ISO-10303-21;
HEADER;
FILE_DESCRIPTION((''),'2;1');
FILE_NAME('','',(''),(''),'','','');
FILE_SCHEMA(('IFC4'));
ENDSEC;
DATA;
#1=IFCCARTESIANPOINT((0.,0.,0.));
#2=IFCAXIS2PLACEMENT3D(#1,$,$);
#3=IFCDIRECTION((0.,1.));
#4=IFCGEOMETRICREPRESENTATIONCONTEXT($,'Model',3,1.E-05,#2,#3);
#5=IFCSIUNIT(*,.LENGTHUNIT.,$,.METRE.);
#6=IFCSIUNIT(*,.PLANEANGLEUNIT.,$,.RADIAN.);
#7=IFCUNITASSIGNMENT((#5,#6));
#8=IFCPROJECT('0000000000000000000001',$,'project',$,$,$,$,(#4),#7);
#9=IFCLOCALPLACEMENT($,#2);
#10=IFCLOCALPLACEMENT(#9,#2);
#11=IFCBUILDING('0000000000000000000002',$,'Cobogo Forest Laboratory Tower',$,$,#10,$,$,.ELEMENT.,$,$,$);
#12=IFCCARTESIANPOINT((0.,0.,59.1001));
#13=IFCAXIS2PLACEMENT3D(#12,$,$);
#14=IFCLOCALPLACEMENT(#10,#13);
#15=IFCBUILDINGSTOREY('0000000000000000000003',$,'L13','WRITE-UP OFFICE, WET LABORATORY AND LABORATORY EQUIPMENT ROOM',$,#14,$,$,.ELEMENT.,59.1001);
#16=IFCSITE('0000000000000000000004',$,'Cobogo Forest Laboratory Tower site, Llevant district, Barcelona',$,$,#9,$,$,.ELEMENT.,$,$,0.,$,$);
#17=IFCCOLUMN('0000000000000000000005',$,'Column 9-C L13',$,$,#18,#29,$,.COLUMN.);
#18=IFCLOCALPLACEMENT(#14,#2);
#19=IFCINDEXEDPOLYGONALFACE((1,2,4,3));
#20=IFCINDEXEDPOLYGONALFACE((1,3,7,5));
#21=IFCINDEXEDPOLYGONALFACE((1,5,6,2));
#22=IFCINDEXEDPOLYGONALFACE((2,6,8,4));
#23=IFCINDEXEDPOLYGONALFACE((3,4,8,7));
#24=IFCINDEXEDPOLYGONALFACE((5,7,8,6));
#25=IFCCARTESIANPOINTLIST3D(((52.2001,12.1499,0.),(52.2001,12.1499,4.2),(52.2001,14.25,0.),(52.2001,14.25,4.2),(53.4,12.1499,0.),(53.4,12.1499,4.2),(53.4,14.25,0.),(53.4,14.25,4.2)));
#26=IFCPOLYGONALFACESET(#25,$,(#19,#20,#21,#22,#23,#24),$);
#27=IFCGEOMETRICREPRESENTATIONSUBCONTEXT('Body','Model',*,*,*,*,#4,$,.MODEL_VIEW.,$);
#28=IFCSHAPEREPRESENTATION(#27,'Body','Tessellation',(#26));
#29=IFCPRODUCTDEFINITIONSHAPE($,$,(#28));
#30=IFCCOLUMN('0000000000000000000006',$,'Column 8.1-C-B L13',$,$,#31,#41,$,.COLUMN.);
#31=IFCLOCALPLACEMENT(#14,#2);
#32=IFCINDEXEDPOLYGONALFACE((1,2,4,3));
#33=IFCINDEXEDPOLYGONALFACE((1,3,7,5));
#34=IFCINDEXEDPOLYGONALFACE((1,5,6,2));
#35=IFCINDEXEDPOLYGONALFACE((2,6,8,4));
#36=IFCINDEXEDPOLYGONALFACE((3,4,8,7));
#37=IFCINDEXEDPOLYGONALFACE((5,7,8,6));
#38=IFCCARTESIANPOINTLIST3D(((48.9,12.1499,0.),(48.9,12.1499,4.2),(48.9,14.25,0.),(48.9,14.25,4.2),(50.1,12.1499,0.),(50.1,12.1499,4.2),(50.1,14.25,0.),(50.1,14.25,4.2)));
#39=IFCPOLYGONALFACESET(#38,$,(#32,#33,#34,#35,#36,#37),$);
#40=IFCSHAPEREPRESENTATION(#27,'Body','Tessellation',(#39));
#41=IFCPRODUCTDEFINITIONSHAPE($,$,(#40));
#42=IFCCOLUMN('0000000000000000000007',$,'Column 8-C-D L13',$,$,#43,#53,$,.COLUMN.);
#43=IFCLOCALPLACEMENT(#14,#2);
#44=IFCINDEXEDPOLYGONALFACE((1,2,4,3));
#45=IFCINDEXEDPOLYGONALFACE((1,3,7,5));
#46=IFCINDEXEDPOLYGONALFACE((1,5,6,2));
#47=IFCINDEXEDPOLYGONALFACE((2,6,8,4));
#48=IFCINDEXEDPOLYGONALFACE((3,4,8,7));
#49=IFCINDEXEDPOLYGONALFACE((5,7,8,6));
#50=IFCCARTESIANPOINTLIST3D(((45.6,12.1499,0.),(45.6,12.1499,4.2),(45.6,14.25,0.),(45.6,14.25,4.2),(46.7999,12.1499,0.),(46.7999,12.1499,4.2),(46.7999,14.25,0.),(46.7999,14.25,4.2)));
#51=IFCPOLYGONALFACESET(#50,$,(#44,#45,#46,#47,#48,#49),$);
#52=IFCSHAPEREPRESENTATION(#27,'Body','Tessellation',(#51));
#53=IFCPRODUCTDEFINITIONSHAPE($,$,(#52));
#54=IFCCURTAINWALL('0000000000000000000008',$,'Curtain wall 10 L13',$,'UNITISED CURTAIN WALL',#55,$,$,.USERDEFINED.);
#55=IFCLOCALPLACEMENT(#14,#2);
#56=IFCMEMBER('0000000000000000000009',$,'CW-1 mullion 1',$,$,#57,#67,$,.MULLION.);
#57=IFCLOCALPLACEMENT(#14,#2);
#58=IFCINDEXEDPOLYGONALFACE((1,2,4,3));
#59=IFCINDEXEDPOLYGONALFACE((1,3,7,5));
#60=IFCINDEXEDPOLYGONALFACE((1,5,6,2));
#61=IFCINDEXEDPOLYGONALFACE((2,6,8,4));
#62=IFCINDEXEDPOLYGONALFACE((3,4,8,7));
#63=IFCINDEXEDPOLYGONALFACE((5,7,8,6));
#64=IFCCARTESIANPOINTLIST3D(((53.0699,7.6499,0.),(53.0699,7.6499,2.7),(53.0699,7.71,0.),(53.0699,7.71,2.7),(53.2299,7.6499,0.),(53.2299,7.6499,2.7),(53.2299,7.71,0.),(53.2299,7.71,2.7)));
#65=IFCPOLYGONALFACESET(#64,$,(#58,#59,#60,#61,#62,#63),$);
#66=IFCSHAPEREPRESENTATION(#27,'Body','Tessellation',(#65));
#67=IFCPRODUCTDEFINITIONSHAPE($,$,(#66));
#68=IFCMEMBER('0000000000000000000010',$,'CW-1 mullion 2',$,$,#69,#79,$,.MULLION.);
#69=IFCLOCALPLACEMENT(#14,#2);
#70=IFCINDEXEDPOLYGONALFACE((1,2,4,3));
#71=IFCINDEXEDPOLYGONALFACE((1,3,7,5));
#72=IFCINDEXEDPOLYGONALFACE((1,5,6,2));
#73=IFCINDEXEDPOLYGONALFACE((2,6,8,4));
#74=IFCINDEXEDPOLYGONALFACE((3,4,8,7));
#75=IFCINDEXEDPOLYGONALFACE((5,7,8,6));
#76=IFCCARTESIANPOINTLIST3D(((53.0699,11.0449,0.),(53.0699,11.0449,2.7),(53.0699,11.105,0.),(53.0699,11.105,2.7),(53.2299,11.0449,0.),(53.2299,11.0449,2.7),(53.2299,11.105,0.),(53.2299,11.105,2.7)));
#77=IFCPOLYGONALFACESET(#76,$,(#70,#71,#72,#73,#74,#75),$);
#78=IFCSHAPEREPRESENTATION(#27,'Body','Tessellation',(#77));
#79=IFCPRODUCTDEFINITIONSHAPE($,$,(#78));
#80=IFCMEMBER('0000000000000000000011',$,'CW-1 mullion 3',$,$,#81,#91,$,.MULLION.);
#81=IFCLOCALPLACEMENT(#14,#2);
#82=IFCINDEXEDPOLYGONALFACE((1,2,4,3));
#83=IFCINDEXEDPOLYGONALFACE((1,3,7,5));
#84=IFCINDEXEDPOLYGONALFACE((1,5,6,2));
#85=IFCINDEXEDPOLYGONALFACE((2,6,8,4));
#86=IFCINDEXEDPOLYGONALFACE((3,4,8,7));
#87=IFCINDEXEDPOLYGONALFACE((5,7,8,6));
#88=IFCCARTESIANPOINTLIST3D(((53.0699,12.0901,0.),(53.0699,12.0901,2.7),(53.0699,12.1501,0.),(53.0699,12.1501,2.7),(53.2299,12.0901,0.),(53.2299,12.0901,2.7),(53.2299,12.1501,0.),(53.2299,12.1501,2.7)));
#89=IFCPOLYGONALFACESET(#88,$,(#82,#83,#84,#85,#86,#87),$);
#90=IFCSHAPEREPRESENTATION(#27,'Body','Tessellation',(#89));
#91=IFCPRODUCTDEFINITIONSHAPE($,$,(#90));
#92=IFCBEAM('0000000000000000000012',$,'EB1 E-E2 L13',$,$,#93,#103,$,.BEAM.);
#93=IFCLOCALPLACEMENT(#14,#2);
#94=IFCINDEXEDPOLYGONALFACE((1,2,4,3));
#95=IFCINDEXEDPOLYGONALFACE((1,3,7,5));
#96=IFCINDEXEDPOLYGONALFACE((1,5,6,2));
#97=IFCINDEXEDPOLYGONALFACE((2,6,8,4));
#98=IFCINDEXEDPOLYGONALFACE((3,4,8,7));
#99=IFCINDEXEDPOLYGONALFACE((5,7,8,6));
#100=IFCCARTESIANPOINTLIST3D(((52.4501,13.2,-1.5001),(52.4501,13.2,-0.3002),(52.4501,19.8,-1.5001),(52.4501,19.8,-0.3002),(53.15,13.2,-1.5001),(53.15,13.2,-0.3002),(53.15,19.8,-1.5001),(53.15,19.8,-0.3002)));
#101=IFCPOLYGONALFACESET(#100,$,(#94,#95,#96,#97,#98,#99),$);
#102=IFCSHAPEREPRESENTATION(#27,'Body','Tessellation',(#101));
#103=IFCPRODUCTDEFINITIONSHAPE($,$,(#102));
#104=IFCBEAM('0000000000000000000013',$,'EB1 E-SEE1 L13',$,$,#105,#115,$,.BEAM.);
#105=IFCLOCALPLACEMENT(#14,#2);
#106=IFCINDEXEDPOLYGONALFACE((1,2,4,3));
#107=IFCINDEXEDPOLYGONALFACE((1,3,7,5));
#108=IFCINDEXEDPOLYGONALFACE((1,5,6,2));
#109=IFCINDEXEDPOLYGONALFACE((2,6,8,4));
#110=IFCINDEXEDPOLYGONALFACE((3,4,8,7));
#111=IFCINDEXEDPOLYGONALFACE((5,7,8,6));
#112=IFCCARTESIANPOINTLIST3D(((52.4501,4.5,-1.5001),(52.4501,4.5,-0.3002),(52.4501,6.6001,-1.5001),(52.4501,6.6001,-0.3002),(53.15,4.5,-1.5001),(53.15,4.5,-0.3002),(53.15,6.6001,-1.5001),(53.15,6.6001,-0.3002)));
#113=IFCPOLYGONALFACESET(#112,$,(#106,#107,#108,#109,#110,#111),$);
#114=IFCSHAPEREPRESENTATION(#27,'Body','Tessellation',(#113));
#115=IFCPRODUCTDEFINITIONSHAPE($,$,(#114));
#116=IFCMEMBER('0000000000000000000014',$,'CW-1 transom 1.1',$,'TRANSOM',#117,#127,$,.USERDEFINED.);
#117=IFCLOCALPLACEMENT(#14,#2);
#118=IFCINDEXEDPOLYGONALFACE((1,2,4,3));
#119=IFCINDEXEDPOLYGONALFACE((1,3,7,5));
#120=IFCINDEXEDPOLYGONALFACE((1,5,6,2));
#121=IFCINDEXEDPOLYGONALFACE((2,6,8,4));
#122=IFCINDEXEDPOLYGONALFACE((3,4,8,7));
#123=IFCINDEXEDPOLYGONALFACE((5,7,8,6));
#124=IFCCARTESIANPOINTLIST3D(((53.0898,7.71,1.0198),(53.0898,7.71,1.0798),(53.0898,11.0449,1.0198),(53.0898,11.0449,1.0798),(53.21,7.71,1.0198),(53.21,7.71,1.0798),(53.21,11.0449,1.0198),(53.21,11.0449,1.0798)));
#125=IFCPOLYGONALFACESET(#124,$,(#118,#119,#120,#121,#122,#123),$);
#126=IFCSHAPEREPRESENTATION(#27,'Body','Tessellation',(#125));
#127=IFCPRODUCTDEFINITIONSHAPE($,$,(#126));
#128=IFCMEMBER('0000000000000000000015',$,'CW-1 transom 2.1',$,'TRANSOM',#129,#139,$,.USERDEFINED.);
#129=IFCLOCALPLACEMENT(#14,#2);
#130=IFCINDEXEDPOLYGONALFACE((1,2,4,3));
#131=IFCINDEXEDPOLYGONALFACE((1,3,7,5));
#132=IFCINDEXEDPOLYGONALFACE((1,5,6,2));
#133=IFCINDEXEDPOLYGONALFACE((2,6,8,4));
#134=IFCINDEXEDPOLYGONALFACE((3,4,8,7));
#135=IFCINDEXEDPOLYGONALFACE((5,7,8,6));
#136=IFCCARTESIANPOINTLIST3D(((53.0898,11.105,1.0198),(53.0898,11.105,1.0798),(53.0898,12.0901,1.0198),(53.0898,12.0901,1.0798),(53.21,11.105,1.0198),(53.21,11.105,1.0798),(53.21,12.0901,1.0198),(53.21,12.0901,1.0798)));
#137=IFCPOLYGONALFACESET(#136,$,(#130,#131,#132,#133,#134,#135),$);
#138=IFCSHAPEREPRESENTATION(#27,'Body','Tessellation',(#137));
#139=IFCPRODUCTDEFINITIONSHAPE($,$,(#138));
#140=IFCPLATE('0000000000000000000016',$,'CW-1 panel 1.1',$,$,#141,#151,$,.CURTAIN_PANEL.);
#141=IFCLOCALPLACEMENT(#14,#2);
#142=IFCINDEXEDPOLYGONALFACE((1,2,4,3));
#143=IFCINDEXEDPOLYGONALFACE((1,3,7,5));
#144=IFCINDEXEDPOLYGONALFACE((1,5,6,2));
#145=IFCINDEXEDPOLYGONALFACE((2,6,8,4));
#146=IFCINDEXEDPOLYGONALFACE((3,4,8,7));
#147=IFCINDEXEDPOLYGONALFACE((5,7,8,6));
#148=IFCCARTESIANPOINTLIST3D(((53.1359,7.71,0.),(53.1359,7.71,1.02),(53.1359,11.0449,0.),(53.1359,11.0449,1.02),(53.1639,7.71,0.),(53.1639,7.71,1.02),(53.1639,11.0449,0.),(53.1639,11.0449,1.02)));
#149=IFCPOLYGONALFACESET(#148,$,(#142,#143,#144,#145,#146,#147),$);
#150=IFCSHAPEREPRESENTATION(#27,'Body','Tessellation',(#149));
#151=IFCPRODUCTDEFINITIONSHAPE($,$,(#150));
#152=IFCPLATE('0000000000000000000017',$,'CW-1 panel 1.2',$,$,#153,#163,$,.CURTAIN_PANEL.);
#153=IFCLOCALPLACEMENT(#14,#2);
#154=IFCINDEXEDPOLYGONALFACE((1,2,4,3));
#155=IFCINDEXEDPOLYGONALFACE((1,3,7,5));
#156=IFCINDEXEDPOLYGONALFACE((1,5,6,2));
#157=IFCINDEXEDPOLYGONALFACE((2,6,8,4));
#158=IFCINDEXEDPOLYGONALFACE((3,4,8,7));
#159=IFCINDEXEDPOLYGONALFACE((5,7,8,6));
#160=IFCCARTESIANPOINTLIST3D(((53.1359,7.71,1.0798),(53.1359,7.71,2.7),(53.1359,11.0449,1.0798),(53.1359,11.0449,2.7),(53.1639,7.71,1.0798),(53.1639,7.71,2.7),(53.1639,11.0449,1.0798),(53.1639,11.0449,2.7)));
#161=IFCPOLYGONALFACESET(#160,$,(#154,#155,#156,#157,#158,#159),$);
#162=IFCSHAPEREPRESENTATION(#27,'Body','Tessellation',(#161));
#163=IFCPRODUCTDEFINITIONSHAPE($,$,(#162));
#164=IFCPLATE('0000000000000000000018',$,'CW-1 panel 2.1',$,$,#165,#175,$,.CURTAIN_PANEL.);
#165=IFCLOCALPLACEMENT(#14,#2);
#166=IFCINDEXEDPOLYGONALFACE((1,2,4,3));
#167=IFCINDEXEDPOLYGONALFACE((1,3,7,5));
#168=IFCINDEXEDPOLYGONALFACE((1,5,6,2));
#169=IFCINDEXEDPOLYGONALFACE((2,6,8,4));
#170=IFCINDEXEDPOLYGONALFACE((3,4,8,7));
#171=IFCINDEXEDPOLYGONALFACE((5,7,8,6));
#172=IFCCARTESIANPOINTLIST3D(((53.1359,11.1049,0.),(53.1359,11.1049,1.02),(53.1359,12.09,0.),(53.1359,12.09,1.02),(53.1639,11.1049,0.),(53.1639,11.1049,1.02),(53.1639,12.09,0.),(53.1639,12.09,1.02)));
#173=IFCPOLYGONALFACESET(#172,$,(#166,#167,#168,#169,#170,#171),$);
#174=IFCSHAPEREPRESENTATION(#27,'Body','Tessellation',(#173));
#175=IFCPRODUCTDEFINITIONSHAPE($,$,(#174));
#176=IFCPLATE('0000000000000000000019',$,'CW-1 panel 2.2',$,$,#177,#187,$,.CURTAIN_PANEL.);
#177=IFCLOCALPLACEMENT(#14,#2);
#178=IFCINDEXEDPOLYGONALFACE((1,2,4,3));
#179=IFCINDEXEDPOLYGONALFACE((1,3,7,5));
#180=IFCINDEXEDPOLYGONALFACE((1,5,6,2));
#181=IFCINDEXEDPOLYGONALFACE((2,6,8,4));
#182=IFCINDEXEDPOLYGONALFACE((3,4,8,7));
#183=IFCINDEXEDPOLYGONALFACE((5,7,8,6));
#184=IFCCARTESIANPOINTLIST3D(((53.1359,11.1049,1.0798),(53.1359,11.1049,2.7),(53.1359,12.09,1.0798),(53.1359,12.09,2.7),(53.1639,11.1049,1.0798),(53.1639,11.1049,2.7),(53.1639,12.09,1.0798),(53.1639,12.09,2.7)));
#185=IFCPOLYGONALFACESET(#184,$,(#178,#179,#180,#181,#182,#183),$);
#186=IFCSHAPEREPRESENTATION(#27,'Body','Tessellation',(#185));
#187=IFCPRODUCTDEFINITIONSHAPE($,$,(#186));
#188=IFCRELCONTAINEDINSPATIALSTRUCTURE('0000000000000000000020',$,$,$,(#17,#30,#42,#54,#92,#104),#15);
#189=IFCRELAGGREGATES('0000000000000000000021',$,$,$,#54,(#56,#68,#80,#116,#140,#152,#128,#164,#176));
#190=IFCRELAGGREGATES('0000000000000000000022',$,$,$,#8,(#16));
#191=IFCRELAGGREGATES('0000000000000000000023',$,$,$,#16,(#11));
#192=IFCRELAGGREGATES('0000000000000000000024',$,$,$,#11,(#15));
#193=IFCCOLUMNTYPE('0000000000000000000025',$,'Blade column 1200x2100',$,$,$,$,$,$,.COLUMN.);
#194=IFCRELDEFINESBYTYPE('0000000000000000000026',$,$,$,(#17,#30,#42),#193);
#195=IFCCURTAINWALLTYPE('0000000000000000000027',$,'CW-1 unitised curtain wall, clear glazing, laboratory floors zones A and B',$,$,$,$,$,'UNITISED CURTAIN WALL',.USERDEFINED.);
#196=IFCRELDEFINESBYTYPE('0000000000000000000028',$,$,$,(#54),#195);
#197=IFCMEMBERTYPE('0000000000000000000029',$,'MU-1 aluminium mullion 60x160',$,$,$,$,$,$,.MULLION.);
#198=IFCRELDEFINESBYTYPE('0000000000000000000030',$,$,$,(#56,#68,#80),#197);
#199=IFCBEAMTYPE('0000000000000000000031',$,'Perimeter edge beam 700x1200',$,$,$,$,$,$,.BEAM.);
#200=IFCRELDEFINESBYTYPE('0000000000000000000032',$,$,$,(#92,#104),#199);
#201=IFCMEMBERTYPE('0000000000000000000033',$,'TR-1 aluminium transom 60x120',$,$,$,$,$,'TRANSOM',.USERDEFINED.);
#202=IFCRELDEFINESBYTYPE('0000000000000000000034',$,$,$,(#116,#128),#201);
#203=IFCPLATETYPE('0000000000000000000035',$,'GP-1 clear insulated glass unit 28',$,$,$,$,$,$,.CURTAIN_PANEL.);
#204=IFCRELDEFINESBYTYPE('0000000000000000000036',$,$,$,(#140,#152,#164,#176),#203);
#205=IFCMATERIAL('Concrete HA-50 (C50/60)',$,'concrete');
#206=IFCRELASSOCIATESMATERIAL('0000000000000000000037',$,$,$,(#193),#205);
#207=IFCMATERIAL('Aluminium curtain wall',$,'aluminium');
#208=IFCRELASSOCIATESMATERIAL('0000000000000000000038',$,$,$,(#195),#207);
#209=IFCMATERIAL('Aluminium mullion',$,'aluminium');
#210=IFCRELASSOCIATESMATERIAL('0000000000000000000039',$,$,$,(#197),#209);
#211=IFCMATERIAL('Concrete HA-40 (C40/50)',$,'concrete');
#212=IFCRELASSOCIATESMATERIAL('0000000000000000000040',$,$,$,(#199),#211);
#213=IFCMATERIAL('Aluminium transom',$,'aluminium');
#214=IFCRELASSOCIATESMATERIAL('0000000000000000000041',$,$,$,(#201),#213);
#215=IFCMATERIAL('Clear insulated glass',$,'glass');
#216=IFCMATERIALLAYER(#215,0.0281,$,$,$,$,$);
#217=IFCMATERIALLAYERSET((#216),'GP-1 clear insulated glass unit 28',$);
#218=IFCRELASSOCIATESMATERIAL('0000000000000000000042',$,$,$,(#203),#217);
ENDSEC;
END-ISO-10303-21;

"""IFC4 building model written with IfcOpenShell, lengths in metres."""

from ifc_helpers import new_model, si_unit, direction, frame, origin, origin_2d, place, context, subcontext, project, spatial, rectangle, extrude, material, layer, layer_set, material_profile, profile_set, type_object, element, aggregate, save


model = new_model("IFC4")

# Units and contexts
model_context = context("Model", 3, precision=1e-05, world=origin(), true_north=direction((0.0, 1.0)))
body_context = subcontext(model_context, "Body", "Model", "MODEL_VIEW")
ifc_project = project(units=[si_unit("LENGTHUNIT", "METRE"), si_unit("PLANEANGLEUNIT", "RADIAN")], contexts=[model_context])

# Site, building, storey
site_placement = place(None, origin())
site = spatial("IfcSite", under=ifc_project, at=site_placement, Name="Cobogo Forest Laboratory Tower site, Llevant district, Barcelona", CompositionType="ELEMENT", RefElevation=0.0)
building_placement = place(site_placement, origin())
building = spatial("IfcBuilding", under=site, at=building_placement, Name="Cobogo Forest Laboratory Tower", CompositionType="ELEMENT")
storey_placement = place(building_placement, frame((0.0, 0.0, 59.1001)))
storey = spatial("IfcBuildingStorey", under=building, at=storey_placement, Name="L13", Description="WRITE-UP OFFICE, WET LABORATORY AND LABORATORY EQUIPMENT ROOM", CompositionType="ELEMENT", Elevation=59.1001)

# Columns
ifc_material_1 = material(Name="Concrete HA-50 (C50/60)", Category="concrete")
ifc_material_profile_1 = material_profile(ifc_material_1, rectangle(XDim=2.1001, YDim=1.2, at=origin_2d()), Name="RC 1200x2100")
ifc_profile_set_1 = profile_set([ifc_material_profile_1], Name="Concrete HA-50 (C50/60)")
column_type = type_object("IfcColumnType", Name="Blade column 1200x2100", PredefinedType="COLUMN", material=ifc_profile_set_1)
for number, where, z_axis, x_axis, name in (
    (1, (52.8, 13.2, 0.0), (0.0, 0.0, 1.0), (0.0, 1.0, 0.0), "Column 9-C L13"),
    (2, (49.5, 13.2, 0.0), (0.0, 0.0, 1.0), (0.0, 1.0, 0.0), "Column 8.1-C-B L13"),
    (3, (46.2, 13.2, 0.0), (0.0, 0.0, 1.0), (0.0, 1.0, 0.0), "Column 8-C-D L13"),
):
    element("IfcColumn", number, at=place(storey_placement, frame(where, z_axis=z_axis, x_axis=x_axis)), inside=storey, type_object=column_type, Name=name, PredefinedType="COLUMN", context=body_context, shape_type="SweptSolid", body=[
        extrude(rectangle(XDim=2.1001, YDim=1.2, at=origin_2d()), origin(), (0.0, 0.0, 1.0), 4.2),
    ])

# Curtain wall, members
ifc_material_2 = material(Name="Aluminium curtain wall", Category="aluminium")
curtain_wall_type = type_object("IfcCurtainWallType", Name="CW-1 unitised curtain wall, clear glazing, laboratory floors zones A and B", ElementType="UNITISED CURTAIN WALL", PredefinedType="USERDEFINED", material=ifc_material_2)
curtain_wall_placement = place(storey_placement, origin())
curtain_wall = element("IfcCurtainWall", 4, at=curtain_wall_placement, inside=storey, type_object=curtain_wall_type, Name="Curtain wall 10 L13", ObjectType="UNITISED CURTAIN WALL", PredefinedType="USERDEFINED")
ifc_material_3 = material(Name="Aluminium mullion", Category="aluminium")
ifc_material_profile_2 = material_profile(ifc_material_3, rectangle(XDim=0.0601, YDim=0.1599, at=origin_2d()), Name="AL 60x160")
ifc_profile_set_2 = profile_set([ifc_material_profile_2], Name="Aluminium mullion")
member_type_1 = type_object("IfcMemberType", Name="MU-1 aluminium mullion 60x160", PredefinedType="MULLION", material=ifc_profile_set_2)
member_1_placement = place(storey_placement, frame((53.1499, 7.6799, 0.0), z_axis=(0.0, 0.0, 1.0), x_axis=(0.0, 1.0, 0.0)))
member_1 = element("IfcMember", 5, at=member_1_placement, type_object=member_type_1, Name="CW-1 mullion 1", PredefinedType="MULLION", context=body_context, shape_type="SweptSolid", body=[
    extrude(rectangle(XDim=0.0601, YDim=0.1599, at=origin_2d()), origin(), (0.0, 0.0, 1.0), 2.7),
])
member_2_placement = place(storey_placement, frame((53.1499, 11.075, 0.0), z_axis=(0.0, 0.0, 1.0), x_axis=(0.0, 1.0, 0.0)))
member_2 = element("IfcMember", 6, at=member_2_placement, type_object=member_type_1, Name="CW-1 mullion 2", PredefinedType="MULLION", context=body_context, shape_type="SweptSolid", body=[
    extrude(rectangle(XDim=0.0601, YDim=0.1599, at=origin_2d()), origin(), (0.0, 0.0, 1.0), 2.7),
])
member_3_placement = place(storey_placement, frame((53.1499, 12.1201, 0.0), z_axis=(0.0, 0.0, 1.0), x_axis=(0.0, 1.0, 0.0)))
member_3 = element("IfcMember", 7, at=member_3_placement, type_object=member_type_1, Name="CW-1 mullion 3", PredefinedType="MULLION", context=body_context, shape_type="SweptSolid", body=[
    extrude(rectangle(XDim=0.0601, YDim=0.1599, at=origin_2d()), origin(), (0.0, 0.0, 1.0), 2.7),
])

# Beams
ifc_material_4 = material(Name="Concrete HA-40 (C40/50)", Category="concrete")
ifc_material_profile_3 = material_profile(ifc_material_4, rectangle(XDim=0.7, YDim=1.2, at=origin_2d()), Name="RC 700x1200")
ifc_profile_set_3 = profile_set([ifc_material_profile_3], Name="Concrete HA-40 (C40/50)")
beam_type = type_object("IfcBeamType", Name="Perimeter edge beam 700x1200", PredefinedType="BEAM", material=ifc_profile_set_3)
beam_1_placement = place(storey_placement, frame((52.8, 13.2, -0.9001), z_axis=(0.0, 1.0, 0.0), x_axis=(-1.0, 0.0, 0.0)))
element("IfcBeam", 8, at=beam_1_placement, inside=storey, type_object=beam_type, Name="EB1 E-E2 L13", PredefinedType="BEAM", context=body_context, shape_type="SweptSolid", body=[
    extrude(rectangle(XDim=0.7, YDim=1.2, at=origin_2d()), origin(), (0.0, 0.0, 1.0), 6.6001),
])
beam_2_placement = place(storey_placement, frame((52.8, 6.6001, -0.9001), z_axis=(0.0, -1.0, 0.0), x_axis=(1.0, 0.0, 0.0)))
element("IfcBeam", 9, at=beam_2_placement, inside=storey, type_object=beam_type, Name="EB1 E-SEE1 L13", PredefinedType="BEAM", context=body_context, shape_type="SweptSolid", body=[
    extrude(rectangle(XDim=0.7, YDim=1.2, at=origin_2d()), origin(), (0.0, 0.0, 1.0), 2.1001),
])

# Members
ifc_material_5 = material(Name="Aluminium transom", Category="aluminium")
ifc_material_profile_4 = material_profile(ifc_material_5, rectangle(XDim=0.1201, YDim=0.0601, at=origin_2d()), Name="AL 60x120")
ifc_profile_set_4 = profile_set([ifc_material_profile_4], Name="Aluminium transom")
member_type_2 = type_object("IfcMemberType", Name="TR-1 aluminium transom 60x120", ElementType="TRANSOM", PredefinedType="USERDEFINED", material=ifc_profile_set_4)
member_4_placement = place(storey_placement, frame((53.1499, 7.71, 1.0498), z_axis=(0.0, 1.0, 0.0), x_axis=(-1.0, 0.0, 0.0)))
member_4 = element("IfcMember", 10, at=member_4_placement, type_object=member_type_2, Name="CW-1 transom 1.1", ObjectType="TRANSOM", PredefinedType="USERDEFINED", context=body_context, shape_type="SweptSolid", body=[
    extrude(rectangle(XDim=0.1201, YDim=0.0601, at=origin_2d()), origin(), (0.0, 0.0, 1.0), 3.335),
])
member_5_placement = place(storey_placement, frame((53.1499, 11.105, 1.0498), z_axis=(0.0, 1.0, 0.0), x_axis=(-1.0, 0.0, 0.0)))
member_5 = element("IfcMember", 11, at=member_5_placement, type_object=member_type_2, Name="CW-1 transom 2.1", ObjectType="TRANSOM", PredefinedType="USERDEFINED", context=body_context, shape_type="SweptSolid", body=[
    extrude(rectangle(XDim=0.1201, YDim=0.0601, at=origin_2d()), origin(), (0.0, 0.0, 1.0), 0.9851),
])

# Plates
ifc_material_6 = material(Name="Clear insulated glass", Category="glass")
ifc_layer_1 = layer(ifc_material_6, 0.0281)
ifc_layer_set_1 = layer_set([ifc_layer_1], Name="GP-1 clear insulated glass unit 28")
plate_type_1 = type_object("IfcPlateType", Name="GP-1 clear insulated glass unit 28", PredefinedType="CURTAIN_PANEL", material=ifc_layer_set_1)
plate_1_placement = place(storey_placement, frame((53.1499, 9.3774, 0.0), z_axis=(0.0, 0.0, 1.0), x_axis=(0.0, 1.0, 0.0)))
plate_1 = element("IfcPlate", 12, at=plate_1_placement, type_object=plate_type_1, Name="CW-1 panel 1.1", PredefinedType="CURTAIN_PANEL", context=body_context, shape_type="SweptSolid", body=[
    extrude(rectangle(XDim=3.335, YDim=0.0281, at=origin_2d()), origin(), (0.0, 0.0, 1.0), 1.02),
])
plate_2_placement = place(storey_placement, frame((53.1499, 9.3774, 1.0798), z_axis=(0.0, 0.0, 1.0), x_axis=(0.0, 1.0, 0.0)))
plate_2 = element("IfcPlate", 13, at=plate_2_placement, type_object=plate_type_1, Name="CW-1 panel 1.2", PredefinedType="CURTAIN_PANEL", context=body_context, shape_type="SweptSolid", body=[
    extrude(rectangle(XDim=3.335, YDim=0.0281, at=origin_2d()), origin(), (0.0, 0.0, 1.0), 1.6201),
])
plate_3_placement = place(storey_placement, frame((53.1499, 11.5974, 0.0), z_axis=(0.0, 0.0, 1.0), x_axis=(0.0, 1.0, 0.0)))
plate_3 = element("IfcPlate", 14, at=plate_3_placement, type_object=plate_type_1, Name="CW-1 panel 2.1", PredefinedType="CURTAIN_PANEL", context=body_context, shape_type="SweptSolid", body=[
    extrude(rectangle(XDim=0.9851, YDim=0.0281, at=origin_2d()), origin(), (0.0, 0.0, 1.0), 1.02),
])
plate_4_placement = place(storey_placement, frame((53.1499, 11.5974, 1.0798), z_axis=(0.0, 0.0, 1.0), x_axis=(0.0, 1.0, 0.0)))
plate_4 = element("IfcPlate", 15, at=plate_4_placement, type_object=plate_type_1, Name="CW-1 panel 2.2", PredefinedType="CURTAIN_PANEL", context=body_context, shape_type="SweptSolid", body=[
    extrude(rectangle(XDim=0.9851, YDim=0.0281, at=origin_2d()), origin(), (0.0, 0.0, 1.0), 1.6201),
])
aggregate(curtain_wall, [member_1, member_2, member_3, member_4, plate_1, plate_2, member_5, plate_3, plate_4])

save(model, "model.ifc")
